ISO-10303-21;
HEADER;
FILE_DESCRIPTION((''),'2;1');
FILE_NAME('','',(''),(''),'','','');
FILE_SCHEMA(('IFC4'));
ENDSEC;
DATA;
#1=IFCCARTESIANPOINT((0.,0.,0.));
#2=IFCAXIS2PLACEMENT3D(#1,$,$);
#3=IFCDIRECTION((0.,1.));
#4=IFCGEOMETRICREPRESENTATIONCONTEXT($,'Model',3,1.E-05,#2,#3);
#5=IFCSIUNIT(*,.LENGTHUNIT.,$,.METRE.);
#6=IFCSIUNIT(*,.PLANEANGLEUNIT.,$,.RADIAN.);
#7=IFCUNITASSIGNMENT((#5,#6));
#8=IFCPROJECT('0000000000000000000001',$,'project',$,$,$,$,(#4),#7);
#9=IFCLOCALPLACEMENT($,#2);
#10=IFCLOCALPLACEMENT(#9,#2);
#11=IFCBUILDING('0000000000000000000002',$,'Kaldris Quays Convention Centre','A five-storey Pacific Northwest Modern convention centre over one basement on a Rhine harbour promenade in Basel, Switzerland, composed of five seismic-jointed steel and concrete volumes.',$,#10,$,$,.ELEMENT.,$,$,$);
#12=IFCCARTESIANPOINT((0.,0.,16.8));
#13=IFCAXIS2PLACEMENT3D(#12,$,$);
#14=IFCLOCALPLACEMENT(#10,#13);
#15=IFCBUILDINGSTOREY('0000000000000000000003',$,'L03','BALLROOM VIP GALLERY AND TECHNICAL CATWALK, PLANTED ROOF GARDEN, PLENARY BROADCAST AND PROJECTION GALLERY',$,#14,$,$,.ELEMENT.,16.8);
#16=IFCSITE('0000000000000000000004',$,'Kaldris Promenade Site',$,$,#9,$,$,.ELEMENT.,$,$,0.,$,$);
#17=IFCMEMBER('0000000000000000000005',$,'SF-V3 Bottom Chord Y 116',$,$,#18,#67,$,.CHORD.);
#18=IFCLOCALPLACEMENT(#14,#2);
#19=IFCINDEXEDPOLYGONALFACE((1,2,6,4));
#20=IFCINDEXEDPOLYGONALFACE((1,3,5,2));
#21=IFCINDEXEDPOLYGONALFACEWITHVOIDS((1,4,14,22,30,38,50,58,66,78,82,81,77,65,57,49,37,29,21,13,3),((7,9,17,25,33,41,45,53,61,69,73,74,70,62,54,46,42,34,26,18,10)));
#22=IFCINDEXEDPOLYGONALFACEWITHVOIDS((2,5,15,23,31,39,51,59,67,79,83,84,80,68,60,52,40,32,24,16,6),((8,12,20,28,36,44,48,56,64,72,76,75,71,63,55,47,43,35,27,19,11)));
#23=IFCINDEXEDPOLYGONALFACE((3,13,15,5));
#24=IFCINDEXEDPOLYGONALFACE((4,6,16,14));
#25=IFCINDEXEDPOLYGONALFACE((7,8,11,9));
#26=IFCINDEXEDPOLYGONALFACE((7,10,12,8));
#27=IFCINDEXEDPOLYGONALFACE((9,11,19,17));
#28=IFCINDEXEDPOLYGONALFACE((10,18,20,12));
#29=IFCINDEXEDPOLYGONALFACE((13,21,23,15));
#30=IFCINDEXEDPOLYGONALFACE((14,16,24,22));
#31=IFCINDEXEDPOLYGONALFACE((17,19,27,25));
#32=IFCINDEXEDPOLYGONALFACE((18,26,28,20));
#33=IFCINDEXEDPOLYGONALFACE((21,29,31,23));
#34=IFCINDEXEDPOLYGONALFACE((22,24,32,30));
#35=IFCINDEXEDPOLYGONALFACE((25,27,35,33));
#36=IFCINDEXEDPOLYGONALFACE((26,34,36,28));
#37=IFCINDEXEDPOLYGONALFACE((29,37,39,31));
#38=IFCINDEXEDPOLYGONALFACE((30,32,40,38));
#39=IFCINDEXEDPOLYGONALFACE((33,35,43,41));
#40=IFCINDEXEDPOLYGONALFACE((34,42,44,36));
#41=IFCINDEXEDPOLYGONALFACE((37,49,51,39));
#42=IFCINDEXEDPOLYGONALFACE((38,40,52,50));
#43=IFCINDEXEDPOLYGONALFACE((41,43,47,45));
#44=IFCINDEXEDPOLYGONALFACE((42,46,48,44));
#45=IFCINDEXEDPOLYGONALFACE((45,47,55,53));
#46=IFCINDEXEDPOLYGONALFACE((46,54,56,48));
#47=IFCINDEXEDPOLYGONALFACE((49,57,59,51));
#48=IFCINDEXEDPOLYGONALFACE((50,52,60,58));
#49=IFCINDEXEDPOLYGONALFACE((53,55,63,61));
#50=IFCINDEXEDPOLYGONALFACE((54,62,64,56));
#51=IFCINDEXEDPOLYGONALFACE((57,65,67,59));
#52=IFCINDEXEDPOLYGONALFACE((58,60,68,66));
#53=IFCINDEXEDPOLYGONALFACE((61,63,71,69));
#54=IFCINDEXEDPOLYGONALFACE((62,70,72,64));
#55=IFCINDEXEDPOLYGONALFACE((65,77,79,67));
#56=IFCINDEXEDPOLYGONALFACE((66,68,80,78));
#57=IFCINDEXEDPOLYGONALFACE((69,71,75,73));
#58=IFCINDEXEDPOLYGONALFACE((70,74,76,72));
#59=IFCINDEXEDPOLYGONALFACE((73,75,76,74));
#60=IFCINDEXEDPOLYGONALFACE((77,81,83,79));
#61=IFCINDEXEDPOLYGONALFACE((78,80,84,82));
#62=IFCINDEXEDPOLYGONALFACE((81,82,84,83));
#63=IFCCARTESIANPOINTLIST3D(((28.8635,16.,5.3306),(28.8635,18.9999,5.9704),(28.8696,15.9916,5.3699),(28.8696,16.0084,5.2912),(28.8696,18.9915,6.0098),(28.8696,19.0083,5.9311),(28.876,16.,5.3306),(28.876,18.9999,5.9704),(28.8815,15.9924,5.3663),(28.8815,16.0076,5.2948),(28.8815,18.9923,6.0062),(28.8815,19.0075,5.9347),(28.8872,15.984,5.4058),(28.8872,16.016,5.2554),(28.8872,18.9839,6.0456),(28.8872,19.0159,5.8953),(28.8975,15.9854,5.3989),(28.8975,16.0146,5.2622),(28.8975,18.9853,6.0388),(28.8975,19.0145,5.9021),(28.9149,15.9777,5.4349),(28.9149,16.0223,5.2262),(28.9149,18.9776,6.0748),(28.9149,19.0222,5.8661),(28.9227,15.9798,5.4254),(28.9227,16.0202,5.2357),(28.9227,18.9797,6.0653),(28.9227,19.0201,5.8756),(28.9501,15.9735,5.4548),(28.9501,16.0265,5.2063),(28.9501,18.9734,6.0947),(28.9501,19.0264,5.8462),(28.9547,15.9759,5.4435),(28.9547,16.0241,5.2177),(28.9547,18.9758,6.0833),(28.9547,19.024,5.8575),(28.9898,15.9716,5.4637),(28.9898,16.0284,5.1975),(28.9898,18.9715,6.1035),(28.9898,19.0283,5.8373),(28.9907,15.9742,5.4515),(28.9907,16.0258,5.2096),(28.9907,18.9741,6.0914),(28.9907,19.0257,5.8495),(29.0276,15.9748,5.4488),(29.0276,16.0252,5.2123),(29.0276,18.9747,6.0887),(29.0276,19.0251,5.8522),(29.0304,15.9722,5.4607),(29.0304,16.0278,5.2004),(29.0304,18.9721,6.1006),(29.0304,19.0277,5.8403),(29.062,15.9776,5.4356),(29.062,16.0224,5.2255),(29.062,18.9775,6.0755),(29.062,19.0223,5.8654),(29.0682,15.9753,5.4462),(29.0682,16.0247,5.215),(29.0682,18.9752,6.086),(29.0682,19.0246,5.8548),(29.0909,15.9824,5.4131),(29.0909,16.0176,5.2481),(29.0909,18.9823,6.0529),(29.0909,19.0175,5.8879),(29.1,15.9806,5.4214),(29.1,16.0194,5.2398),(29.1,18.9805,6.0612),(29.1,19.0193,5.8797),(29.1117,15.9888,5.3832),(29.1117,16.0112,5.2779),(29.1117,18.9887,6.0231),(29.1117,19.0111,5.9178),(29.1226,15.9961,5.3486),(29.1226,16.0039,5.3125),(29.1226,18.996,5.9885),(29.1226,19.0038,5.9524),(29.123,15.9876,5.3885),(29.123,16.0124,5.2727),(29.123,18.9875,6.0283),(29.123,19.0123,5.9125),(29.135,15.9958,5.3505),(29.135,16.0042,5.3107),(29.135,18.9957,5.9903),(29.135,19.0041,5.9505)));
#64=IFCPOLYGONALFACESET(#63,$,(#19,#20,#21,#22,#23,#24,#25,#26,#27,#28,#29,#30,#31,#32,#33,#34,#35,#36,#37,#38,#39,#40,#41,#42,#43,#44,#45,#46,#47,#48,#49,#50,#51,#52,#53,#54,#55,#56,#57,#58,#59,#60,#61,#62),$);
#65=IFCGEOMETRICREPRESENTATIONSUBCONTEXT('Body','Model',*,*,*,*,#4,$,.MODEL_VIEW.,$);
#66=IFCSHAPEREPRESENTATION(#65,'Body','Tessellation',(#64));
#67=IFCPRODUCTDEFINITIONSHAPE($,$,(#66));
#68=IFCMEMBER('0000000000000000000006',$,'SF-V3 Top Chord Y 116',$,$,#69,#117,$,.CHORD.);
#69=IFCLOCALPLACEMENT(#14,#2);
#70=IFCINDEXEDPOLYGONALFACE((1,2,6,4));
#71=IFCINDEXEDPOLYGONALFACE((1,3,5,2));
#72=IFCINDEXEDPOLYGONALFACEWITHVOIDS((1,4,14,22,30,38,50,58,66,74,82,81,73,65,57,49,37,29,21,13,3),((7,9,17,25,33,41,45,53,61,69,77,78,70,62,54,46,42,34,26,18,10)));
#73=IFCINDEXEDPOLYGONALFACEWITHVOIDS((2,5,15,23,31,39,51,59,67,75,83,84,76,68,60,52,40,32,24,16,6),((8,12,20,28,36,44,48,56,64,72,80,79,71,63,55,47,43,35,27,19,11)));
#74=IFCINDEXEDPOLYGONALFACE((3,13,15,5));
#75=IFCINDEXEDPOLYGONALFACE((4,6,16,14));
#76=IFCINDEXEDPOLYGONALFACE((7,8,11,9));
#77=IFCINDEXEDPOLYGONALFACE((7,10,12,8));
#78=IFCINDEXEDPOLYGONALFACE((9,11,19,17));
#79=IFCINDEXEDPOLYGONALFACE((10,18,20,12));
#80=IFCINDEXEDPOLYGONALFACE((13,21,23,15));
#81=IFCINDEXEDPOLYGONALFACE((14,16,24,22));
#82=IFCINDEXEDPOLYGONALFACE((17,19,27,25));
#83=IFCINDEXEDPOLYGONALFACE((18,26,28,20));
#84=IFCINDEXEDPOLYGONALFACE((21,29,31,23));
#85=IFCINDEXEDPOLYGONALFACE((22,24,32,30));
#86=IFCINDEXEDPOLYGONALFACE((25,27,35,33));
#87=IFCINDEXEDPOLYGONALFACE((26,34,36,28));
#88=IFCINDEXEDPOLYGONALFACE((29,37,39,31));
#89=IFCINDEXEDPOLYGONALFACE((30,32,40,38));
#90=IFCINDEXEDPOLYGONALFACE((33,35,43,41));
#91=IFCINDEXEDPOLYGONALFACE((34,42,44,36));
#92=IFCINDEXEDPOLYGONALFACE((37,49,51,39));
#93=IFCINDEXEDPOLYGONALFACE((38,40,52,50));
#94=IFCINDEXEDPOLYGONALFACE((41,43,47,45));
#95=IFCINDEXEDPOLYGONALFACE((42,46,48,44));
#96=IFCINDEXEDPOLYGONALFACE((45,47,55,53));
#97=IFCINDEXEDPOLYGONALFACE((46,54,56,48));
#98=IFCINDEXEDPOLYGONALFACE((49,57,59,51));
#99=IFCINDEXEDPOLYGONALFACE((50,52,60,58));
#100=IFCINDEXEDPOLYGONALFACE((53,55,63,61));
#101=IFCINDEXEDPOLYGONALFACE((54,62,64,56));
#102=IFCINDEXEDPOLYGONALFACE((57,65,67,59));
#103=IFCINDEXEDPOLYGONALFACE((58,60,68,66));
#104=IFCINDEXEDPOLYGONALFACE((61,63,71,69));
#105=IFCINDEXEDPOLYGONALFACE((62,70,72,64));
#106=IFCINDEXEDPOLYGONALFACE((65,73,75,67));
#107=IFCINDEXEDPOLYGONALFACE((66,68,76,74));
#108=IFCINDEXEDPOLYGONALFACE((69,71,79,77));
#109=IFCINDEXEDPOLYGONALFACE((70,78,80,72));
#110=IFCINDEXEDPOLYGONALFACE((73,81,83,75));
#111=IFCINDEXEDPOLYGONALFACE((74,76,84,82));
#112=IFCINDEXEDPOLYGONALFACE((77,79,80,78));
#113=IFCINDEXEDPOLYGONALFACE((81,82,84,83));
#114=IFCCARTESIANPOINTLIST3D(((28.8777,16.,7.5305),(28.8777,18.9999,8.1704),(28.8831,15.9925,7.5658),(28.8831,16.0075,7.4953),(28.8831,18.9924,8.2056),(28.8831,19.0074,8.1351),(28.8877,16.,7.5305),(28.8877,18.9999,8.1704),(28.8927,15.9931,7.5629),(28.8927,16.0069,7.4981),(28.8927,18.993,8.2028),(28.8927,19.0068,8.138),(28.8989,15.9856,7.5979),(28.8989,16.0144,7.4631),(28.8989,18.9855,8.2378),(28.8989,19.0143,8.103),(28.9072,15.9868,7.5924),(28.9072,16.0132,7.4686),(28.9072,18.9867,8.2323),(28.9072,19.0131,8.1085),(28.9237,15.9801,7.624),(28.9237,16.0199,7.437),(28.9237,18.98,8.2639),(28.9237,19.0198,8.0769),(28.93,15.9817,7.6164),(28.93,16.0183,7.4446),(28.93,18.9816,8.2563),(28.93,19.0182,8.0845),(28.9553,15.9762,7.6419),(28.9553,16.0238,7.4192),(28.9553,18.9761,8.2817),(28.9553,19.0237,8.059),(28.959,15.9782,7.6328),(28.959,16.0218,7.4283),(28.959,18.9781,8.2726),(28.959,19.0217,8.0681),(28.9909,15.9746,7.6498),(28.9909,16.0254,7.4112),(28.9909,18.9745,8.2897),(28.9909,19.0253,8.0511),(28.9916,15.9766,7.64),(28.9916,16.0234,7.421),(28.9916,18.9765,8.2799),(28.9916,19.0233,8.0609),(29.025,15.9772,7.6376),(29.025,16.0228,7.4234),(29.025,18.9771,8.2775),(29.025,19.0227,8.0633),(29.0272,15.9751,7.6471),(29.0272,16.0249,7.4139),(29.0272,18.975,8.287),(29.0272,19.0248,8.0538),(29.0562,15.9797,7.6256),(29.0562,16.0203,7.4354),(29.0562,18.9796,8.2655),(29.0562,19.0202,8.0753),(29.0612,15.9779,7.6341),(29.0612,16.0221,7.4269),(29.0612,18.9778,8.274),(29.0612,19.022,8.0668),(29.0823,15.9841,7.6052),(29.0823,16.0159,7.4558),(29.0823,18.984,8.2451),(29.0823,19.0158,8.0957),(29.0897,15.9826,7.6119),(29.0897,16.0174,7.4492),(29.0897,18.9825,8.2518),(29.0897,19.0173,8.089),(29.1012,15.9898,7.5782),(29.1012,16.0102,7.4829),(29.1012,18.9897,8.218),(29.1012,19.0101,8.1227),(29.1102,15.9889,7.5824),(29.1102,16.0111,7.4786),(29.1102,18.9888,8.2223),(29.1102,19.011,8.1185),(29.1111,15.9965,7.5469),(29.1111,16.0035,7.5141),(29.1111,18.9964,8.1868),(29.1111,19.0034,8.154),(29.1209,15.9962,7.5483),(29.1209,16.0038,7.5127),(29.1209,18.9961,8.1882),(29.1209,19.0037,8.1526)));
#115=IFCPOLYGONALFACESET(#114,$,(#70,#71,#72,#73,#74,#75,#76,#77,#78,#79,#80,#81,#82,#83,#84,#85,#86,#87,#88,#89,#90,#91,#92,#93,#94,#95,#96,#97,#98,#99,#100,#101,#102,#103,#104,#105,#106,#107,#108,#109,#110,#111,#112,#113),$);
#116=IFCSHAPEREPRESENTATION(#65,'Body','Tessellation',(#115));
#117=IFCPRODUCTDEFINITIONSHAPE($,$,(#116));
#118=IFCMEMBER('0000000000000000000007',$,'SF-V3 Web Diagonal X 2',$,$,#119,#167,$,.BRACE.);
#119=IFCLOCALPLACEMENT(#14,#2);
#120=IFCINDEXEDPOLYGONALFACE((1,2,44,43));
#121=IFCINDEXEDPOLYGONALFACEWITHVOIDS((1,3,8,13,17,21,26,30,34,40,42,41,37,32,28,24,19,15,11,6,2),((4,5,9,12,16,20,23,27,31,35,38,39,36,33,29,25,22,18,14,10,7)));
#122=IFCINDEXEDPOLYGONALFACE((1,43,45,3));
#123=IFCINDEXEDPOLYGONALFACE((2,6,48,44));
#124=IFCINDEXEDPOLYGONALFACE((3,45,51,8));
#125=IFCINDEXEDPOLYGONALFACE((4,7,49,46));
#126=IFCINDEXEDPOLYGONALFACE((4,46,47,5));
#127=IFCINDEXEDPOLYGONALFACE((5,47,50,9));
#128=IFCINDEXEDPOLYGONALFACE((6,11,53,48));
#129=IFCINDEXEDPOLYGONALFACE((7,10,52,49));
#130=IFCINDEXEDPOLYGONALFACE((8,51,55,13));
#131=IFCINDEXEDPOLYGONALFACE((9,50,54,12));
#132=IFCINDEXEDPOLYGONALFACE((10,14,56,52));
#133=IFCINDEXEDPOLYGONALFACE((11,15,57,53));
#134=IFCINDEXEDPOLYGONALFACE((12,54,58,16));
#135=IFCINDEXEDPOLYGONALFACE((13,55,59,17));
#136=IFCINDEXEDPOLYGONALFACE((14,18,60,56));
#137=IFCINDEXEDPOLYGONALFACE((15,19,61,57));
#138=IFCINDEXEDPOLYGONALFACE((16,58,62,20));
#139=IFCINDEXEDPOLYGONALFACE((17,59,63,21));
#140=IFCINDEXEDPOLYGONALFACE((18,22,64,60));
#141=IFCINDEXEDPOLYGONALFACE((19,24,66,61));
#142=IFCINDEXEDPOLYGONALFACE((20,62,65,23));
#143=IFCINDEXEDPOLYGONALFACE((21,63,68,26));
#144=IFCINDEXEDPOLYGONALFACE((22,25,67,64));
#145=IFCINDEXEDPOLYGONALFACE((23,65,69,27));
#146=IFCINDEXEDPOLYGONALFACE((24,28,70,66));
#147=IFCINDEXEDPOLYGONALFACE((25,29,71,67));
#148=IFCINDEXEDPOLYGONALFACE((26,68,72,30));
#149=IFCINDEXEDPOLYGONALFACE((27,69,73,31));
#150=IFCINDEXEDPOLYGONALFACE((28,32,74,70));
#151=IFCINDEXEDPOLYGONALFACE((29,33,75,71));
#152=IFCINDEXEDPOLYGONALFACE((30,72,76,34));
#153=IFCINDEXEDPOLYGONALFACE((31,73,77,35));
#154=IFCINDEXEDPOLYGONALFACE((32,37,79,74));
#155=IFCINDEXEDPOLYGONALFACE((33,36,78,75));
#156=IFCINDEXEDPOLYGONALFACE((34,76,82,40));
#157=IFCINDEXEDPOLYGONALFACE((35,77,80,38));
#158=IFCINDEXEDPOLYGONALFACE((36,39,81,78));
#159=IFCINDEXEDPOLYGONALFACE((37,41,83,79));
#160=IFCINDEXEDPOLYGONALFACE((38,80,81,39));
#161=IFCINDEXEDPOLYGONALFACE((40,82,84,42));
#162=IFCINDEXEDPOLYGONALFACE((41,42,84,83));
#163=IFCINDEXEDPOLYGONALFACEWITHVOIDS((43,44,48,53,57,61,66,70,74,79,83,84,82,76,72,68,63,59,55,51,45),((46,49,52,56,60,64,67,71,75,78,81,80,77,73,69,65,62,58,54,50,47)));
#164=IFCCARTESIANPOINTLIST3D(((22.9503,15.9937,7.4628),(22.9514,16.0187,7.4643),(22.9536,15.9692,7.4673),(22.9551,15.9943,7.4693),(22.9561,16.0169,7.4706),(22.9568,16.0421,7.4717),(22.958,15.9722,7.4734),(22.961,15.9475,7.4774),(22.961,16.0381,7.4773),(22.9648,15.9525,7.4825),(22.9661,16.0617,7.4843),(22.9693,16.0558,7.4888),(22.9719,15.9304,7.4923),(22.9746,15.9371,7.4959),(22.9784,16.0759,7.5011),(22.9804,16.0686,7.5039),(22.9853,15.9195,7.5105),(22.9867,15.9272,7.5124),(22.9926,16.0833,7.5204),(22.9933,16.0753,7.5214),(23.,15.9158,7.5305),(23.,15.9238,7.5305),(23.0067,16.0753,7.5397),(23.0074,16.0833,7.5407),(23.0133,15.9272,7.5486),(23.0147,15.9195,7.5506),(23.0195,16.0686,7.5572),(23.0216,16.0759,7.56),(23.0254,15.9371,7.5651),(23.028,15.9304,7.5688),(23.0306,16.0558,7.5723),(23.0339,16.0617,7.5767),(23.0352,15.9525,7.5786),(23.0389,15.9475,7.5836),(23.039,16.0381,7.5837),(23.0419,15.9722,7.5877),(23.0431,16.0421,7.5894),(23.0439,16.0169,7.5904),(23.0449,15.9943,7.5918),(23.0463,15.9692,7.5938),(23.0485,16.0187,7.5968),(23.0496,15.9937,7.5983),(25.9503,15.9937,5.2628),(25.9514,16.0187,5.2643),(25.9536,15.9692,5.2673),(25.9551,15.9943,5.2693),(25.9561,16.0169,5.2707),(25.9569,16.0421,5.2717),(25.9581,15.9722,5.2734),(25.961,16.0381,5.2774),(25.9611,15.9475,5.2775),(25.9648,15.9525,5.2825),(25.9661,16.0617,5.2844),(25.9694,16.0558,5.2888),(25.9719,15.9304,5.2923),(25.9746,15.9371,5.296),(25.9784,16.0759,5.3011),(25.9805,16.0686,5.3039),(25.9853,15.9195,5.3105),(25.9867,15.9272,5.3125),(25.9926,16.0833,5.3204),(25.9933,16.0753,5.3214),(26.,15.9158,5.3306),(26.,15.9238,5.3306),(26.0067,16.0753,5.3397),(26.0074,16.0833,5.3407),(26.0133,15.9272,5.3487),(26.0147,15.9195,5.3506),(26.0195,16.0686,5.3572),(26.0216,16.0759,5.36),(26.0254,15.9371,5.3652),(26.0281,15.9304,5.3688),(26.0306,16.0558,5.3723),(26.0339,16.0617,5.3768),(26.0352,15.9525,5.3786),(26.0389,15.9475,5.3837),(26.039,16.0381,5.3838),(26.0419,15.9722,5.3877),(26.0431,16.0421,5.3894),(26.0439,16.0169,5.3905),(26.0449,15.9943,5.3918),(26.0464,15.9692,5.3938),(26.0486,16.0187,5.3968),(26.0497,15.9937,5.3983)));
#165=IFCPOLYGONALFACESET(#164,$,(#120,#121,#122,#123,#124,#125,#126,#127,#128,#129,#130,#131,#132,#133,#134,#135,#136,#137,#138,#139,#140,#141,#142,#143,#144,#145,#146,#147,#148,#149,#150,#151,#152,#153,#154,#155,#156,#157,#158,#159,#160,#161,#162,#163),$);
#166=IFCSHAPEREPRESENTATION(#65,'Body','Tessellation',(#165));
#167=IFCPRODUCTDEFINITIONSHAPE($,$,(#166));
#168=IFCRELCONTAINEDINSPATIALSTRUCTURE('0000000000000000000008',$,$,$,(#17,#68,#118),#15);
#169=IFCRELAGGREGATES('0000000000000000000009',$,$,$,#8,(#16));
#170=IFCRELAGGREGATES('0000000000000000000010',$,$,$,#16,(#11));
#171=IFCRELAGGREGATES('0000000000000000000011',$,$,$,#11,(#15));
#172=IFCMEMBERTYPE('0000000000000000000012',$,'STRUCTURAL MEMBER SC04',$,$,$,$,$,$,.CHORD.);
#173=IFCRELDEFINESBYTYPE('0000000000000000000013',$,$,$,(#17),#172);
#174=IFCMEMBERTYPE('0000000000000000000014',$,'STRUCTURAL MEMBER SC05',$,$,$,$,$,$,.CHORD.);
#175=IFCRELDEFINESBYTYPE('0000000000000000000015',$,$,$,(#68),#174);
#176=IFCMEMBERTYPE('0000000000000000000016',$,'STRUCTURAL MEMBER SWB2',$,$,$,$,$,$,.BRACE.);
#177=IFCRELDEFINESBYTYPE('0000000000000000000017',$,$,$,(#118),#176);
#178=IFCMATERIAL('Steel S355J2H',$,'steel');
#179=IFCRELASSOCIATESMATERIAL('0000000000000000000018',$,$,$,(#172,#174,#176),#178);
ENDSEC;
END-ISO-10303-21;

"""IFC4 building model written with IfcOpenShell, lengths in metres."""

from ifc_helpers import new_model, si_unit, direction, frame, origin, origin_2d, place, context, subcontext, project, spatial, hollow_circle, extrude, material, material_profile, profile_set, type_object, element, save


model = new_model("IFC4")

# Units and contexts
model_context = context("Model", 3, precision=1e-05, world=origin(), true_north=direction((0.0, 1.0)))
body_context = subcontext(model_context, "Body", "Model", "MODEL_VIEW")
ifc_project = project(units=[si_unit("LENGTHUNIT", "METRE"), si_unit("PLANEANGLEUNIT", "RADIAN")], contexts=[model_context])

# Site, building, storey
site_placement = place(None, origin())
site = spatial("IfcSite", under=ifc_project, at=site_placement, Name="Kaldris Promenade Site", CompositionType="ELEMENT", RefElevation=0.0)
building_placement = place(site_placement, origin())
building = spatial("IfcBuilding", under=site, at=building_placement, Name="Kaldris Quays Convention Centre", Description="A five-storey Pacific Northwest Modern convention centre over one basement on a Rhine harbour promenade in Basel, Switzerland, composed of five seismic-jointed steel and concrete volumes.", CompositionType="ELEMENT")
storey_placement = place(building_placement, frame((0.0, 0.0, 16.8)))
storey = spatial("IfcBuildingStorey", under=building, at=storey_placement, Name="L03", Description="BALLROOM VIP GALLERY AND TECHNICAL CATWALK, PLANTED ROOF GARDEN, PLENARY BROADCAST AND PROJECTION GALLERY", CompositionType="ELEMENT", Elevation=16.8)

# Members
ifc_material_1 = material(Name="Steel S355J2H", Category="steel")
ifc_material_profile_1 = material_profile(ifc_material_1, hollow_circle(Radius=0.1365, WallThickness=0.0125, at=origin_2d()), Name="CHS 273x12.5")
ifc_profile_set_1 = profile_set([ifc_material_profile_1], Name="Steel S355J2H")
member_type_1 = type_object("IfcMemberType", Name="STRUCTURAL MEMBER SC04", PredefinedType="CHORD", material=ifc_profile_set_1)
member_1_placement = place(storey_placement, frame((29.0, 16.0, 5.3306), z_axis=(0.0, 0.978, 0.208605), x_axis=(-1.0, 0.0, 0.0)))
element("IfcMember", 1, at=member_1_placement, inside=storey, type_object=member_type_1, Name="SF-V3 Bottom Chord Y 116", PredefinedType="CHORD", context=body_context, shape_type="SweptSolid", body=[
    extrude(hollow_circle(Radius=0.1365, WallThickness=0.0125, at=origin_2d()), origin(), (0.0, 0.0, 1.0), 3.0674),
])
ifc_material_profile_2 = material_profile(ifc_material_1, hollow_circle(Radius=0.1223, WallThickness=0.01, at=origin_2d()), Name="CHS 244.5x10")
ifc_profile_set_2 = profile_set([ifc_material_profile_2], Name="Steel S355J2H")
member_type_2 = type_object("IfcMemberType", Name="STRUCTURAL MEMBER SC05", PredefinedType="CHORD", material=ifc_profile_set_2)
member_2_placement = place(storey_placement, frame((29.0, 16.0, 7.5305), z_axis=(0.0, 0.978, 0.208605), x_axis=(-1.0, 0.0, 0.0)))
element("IfcMember", 2, at=member_2_placement, inside=storey, type_object=member_type_2, Name="SF-V3 Top Chord Y 116", PredefinedType="CHORD", context=body_context, shape_type="SweptSolid", body=[
    extrude(hollow_circle(Radius=0.1223, WallThickness=0.01, at=origin_2d()), origin(), (0.0, 0.0, 1.0), 3.0674),
])
ifc_material_profile_3 = material_profile(ifc_material_1, hollow_circle(Radius=0.0842, WallThickness=0.0081, at=origin_2d()), Name="CHS 168.3x8")
ifc_profile_set_3 = profile_set([ifc_material_profile_3], Name="Steel S355J2H")
member_type_3 = type_object("IfcMemberType", Name="STRUCTURAL MEMBER SWB2", PredefinedType="BRACE", material=ifc_profile_set_3)
for number, where, z_axis, x_axis, name in (
    (3, (26.0, 16.0, 5.3306), (-0.806411, 0.0, 0.591355), (0.0, -1.0, 0.0), "SF-V3 Web Diagonal X 2"),
):
    element("IfcMember", number, at=place(storey_placement, frame(where, z_axis=z_axis, x_axis=x_axis)), inside=storey, type_object=member_type_3, Name=name, PredefinedType="BRACE", context=body_context, shape_type="SweptSolid", body=[
        extrude(hollow_circle(Radius=0.0842, WallThickness=0.0081, at=origin_2d()), origin(), (0.0, 0.0, 1.0), 3.7202),
    ])

save(model, "model.ifc")
